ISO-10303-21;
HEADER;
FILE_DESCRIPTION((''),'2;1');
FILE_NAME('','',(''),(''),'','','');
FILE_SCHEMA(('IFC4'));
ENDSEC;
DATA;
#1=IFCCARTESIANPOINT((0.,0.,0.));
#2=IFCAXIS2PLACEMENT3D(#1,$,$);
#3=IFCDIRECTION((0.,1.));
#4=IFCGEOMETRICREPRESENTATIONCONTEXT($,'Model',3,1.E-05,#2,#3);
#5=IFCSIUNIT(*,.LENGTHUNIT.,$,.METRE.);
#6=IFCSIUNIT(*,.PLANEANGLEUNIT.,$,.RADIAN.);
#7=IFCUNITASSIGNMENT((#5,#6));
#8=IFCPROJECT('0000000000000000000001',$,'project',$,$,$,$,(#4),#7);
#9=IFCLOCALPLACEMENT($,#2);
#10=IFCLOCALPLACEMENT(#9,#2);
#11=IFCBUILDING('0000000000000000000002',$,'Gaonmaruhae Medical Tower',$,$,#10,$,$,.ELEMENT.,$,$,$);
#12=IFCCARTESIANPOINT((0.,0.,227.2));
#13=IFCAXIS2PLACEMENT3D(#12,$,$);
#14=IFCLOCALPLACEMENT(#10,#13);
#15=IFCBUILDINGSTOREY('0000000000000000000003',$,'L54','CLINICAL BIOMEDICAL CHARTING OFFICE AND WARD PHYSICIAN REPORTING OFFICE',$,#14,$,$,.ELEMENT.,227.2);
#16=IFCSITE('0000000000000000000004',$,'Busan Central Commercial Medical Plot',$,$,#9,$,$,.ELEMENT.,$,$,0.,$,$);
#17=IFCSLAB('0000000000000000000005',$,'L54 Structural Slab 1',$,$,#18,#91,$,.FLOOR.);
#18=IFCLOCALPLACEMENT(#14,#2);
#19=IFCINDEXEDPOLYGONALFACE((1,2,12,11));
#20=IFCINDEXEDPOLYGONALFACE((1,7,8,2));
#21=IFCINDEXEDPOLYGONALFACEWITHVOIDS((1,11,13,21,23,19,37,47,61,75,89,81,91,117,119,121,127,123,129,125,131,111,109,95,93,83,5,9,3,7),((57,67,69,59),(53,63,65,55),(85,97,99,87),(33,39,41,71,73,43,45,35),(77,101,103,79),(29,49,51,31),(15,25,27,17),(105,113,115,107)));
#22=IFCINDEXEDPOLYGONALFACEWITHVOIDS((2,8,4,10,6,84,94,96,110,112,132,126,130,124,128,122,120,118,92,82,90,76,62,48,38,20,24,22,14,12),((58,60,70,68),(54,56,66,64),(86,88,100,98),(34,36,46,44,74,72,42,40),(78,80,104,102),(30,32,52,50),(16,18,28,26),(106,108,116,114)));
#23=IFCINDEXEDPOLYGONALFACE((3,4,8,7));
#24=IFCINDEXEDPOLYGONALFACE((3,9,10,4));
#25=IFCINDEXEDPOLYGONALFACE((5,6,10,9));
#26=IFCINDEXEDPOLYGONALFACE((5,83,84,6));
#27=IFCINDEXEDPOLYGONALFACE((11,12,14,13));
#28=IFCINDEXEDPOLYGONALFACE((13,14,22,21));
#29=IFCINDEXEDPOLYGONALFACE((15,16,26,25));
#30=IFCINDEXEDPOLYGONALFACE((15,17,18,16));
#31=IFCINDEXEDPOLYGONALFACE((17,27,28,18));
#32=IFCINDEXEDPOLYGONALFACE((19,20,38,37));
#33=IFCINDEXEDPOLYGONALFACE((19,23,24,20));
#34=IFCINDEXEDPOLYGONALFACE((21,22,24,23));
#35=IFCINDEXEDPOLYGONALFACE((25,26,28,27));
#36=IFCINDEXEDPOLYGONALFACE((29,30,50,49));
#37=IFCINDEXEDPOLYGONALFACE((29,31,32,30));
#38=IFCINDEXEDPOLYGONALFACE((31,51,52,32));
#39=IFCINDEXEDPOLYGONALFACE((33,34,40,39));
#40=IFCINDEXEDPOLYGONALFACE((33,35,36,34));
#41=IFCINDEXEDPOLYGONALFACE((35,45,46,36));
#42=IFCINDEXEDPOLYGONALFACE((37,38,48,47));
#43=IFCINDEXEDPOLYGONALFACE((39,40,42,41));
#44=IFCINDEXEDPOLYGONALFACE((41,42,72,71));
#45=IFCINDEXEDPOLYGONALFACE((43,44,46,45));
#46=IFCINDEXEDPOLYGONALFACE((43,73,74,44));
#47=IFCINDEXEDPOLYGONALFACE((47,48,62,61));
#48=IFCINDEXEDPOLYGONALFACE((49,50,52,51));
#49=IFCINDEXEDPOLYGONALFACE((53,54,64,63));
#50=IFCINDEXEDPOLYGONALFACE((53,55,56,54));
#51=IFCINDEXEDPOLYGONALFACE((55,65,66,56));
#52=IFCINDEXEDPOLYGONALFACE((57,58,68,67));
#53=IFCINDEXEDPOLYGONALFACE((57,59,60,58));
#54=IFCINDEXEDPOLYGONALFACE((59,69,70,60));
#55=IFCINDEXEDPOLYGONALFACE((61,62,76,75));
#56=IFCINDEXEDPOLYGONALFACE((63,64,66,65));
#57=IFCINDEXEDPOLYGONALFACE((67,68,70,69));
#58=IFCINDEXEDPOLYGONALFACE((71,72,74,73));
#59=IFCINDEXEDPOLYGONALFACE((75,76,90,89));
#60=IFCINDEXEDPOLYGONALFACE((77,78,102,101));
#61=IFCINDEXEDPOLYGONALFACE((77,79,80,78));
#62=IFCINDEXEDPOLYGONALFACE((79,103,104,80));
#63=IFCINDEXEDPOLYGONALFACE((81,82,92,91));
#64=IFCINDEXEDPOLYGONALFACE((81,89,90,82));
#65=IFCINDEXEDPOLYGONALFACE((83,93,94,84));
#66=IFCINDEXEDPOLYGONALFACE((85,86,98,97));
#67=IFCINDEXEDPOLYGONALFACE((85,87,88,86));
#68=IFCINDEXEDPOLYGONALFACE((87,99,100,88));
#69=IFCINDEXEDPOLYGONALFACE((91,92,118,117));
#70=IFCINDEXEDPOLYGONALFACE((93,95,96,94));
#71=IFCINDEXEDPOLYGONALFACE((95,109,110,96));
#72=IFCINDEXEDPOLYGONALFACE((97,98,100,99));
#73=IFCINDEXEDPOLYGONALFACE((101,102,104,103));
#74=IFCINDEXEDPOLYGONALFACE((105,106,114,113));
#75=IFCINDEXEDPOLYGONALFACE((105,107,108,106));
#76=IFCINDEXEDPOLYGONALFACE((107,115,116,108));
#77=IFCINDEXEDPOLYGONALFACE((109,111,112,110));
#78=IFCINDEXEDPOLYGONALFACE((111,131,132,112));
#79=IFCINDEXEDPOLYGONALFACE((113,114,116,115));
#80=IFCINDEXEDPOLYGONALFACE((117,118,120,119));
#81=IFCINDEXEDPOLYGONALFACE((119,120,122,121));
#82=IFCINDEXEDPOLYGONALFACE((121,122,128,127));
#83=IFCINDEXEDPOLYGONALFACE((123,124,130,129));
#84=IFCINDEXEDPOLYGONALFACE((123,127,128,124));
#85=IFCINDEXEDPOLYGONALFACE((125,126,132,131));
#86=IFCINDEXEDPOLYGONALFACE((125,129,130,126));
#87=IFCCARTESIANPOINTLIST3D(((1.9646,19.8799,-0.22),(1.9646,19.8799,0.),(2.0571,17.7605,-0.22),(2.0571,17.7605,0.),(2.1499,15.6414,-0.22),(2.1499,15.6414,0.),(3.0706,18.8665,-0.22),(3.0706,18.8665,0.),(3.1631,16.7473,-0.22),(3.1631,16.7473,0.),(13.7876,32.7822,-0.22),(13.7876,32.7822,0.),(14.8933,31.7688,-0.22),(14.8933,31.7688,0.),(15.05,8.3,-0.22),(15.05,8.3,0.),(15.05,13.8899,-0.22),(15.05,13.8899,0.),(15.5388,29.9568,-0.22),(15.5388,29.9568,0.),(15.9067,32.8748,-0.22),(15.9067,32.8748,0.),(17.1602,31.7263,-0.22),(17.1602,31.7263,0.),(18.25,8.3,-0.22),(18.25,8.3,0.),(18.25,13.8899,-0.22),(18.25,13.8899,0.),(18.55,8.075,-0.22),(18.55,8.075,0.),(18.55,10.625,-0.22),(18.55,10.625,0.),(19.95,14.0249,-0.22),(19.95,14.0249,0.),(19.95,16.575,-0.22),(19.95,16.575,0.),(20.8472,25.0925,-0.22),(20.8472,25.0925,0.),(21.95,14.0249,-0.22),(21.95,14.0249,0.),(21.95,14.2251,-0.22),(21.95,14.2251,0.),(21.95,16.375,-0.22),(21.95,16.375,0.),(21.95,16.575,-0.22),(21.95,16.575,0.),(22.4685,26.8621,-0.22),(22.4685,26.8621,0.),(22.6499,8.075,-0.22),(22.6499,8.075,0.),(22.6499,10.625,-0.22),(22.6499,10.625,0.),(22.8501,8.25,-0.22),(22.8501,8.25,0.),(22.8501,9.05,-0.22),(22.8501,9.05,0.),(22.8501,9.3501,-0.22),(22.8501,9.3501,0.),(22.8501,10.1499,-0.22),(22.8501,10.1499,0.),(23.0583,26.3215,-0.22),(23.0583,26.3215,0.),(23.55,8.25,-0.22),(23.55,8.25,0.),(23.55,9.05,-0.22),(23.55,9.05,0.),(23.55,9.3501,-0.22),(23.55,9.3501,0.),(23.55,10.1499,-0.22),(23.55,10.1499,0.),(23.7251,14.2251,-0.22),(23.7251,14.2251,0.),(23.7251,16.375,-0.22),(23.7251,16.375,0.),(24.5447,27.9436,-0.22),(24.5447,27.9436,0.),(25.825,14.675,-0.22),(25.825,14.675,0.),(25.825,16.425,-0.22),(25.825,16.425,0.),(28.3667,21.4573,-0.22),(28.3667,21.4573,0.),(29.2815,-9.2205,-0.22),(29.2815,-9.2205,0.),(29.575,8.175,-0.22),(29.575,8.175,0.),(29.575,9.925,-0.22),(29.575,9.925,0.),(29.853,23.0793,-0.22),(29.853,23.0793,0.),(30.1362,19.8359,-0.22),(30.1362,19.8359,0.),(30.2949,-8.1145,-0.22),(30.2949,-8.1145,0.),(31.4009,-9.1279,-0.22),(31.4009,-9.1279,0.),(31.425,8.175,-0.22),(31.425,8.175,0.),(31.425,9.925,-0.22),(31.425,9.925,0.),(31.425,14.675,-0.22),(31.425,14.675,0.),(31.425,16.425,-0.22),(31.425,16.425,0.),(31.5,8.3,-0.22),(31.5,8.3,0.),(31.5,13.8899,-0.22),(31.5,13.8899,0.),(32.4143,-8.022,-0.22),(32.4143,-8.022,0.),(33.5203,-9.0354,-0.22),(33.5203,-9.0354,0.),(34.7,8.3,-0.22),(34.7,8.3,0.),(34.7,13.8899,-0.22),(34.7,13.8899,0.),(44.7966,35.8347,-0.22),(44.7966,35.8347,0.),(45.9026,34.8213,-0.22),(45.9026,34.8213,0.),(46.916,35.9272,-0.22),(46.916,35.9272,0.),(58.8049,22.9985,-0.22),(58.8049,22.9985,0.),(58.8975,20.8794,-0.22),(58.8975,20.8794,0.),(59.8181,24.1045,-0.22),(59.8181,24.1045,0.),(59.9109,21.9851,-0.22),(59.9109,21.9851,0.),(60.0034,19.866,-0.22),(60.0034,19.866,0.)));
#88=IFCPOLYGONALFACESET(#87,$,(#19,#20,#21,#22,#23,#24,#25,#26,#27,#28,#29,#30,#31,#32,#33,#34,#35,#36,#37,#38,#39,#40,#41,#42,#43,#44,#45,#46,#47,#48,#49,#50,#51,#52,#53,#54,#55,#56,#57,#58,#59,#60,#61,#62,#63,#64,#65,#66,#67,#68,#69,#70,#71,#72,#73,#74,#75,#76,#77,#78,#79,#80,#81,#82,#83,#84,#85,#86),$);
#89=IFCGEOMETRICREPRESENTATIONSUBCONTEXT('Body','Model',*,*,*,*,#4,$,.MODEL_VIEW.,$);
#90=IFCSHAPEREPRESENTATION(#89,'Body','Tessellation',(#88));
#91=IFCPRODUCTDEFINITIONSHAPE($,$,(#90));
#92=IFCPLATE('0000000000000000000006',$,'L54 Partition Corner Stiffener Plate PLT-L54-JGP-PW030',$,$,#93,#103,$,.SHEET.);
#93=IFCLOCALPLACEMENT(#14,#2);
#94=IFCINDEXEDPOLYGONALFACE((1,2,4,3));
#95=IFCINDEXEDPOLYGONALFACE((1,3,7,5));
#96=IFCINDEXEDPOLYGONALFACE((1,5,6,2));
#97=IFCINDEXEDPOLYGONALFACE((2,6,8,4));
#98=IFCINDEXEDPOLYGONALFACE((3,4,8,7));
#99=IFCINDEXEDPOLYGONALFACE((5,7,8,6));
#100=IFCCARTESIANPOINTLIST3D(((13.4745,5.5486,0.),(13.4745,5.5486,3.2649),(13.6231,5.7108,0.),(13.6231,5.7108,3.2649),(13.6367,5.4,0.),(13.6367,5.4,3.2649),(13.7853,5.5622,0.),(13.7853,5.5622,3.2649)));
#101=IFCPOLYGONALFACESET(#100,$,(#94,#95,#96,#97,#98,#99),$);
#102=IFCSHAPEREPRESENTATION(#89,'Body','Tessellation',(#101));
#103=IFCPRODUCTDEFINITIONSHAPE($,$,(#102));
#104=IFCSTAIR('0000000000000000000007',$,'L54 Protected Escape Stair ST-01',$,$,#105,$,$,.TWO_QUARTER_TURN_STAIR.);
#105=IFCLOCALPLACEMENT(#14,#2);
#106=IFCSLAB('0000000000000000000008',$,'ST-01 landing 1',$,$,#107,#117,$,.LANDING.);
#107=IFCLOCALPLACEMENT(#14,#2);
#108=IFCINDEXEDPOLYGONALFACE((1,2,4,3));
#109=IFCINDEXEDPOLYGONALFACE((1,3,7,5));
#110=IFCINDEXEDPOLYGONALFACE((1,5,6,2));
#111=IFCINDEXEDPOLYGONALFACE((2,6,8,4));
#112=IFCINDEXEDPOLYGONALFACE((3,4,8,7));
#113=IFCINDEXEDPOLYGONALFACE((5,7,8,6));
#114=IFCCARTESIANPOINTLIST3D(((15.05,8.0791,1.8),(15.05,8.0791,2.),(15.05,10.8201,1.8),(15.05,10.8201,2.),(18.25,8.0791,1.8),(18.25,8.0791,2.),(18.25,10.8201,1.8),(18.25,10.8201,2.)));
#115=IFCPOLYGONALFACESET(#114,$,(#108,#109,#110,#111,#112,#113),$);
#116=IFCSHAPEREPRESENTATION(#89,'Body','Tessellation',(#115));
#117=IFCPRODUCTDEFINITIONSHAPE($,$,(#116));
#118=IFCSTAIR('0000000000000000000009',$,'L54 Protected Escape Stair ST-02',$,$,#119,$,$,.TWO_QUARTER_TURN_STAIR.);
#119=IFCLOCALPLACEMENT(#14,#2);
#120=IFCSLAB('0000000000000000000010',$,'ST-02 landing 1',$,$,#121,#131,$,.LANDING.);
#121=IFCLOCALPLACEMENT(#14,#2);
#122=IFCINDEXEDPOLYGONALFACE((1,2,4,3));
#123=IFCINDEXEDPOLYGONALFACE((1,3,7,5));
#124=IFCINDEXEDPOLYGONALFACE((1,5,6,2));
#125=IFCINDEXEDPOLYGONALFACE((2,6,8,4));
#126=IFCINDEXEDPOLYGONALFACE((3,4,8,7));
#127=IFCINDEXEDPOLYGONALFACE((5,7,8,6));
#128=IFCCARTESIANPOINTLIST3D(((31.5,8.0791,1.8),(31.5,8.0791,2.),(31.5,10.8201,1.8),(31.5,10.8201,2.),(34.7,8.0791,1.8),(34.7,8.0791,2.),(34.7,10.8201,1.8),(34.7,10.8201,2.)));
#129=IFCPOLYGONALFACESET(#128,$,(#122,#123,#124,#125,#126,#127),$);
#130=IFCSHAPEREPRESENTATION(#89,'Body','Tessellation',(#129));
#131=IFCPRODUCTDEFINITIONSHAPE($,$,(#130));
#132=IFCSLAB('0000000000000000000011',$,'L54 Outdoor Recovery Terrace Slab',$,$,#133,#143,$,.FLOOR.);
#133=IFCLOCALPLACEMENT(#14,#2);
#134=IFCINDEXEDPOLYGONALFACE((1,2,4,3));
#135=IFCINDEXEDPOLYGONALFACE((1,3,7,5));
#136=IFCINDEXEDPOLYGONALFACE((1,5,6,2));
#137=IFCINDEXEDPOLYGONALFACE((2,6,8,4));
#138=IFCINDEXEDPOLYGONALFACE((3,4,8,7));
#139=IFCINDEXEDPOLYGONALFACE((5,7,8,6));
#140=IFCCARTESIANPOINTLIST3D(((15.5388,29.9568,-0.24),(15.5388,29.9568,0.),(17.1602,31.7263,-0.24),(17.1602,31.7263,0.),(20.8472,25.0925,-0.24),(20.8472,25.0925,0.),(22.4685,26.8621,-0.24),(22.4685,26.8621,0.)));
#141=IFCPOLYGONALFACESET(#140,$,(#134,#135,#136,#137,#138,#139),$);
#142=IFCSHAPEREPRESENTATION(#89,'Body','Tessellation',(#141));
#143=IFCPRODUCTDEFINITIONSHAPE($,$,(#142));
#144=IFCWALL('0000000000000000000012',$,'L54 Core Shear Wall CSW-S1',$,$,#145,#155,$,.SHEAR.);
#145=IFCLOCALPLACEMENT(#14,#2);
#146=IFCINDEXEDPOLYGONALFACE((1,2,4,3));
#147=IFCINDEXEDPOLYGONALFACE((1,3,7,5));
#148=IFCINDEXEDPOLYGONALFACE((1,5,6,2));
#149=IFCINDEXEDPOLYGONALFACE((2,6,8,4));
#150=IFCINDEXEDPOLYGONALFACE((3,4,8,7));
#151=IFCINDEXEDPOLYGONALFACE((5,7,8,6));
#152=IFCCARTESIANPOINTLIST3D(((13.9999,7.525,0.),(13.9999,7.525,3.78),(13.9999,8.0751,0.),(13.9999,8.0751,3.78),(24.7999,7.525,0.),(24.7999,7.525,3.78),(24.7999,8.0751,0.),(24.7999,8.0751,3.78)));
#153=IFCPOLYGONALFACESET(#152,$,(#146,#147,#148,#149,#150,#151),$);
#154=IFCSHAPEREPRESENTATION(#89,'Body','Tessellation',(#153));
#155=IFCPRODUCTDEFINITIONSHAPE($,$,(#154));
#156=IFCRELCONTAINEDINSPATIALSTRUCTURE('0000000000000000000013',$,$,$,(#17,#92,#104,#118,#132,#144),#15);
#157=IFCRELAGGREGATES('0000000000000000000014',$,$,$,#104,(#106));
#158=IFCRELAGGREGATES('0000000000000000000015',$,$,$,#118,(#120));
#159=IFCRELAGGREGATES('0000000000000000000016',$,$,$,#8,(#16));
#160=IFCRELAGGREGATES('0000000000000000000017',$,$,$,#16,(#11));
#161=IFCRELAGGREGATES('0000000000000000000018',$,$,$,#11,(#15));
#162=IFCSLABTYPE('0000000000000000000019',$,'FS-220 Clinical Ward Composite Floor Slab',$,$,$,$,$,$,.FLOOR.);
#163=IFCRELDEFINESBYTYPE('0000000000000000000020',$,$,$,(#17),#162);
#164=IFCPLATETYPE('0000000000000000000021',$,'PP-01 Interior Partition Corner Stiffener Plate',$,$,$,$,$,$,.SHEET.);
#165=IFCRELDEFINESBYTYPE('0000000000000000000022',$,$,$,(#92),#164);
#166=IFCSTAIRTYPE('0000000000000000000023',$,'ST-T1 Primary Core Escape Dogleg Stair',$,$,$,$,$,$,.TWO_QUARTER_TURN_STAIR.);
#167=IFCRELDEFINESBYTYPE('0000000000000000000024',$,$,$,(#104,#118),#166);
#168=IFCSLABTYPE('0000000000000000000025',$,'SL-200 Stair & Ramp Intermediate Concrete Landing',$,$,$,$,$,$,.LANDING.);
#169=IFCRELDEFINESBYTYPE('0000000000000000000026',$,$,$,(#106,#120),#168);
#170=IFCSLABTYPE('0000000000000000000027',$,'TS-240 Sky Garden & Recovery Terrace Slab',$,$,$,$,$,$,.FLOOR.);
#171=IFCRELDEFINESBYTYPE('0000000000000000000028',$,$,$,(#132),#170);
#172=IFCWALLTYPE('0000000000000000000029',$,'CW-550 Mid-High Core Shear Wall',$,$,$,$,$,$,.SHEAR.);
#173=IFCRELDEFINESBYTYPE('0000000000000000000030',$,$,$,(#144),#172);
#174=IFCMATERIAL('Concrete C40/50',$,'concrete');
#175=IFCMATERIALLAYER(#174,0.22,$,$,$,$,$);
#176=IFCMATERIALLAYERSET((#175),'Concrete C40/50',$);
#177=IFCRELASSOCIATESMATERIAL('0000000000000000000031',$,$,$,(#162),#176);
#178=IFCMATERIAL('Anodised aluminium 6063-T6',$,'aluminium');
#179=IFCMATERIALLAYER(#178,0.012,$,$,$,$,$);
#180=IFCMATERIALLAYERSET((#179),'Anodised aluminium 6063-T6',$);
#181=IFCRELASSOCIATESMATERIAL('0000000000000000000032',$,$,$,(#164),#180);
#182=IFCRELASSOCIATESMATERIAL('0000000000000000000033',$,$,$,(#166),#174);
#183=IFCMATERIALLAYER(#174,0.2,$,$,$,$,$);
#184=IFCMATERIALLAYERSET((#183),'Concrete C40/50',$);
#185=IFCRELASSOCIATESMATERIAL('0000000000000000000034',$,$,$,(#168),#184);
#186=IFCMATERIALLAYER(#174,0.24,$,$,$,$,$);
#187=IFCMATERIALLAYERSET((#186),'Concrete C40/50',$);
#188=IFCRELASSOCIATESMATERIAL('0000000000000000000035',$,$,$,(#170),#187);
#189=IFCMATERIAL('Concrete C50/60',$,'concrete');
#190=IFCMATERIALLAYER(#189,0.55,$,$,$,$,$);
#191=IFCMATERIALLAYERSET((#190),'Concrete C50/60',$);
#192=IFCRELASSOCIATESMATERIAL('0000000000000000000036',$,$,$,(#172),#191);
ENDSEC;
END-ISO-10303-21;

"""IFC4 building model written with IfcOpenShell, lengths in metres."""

from ifc_helpers import new_model, si_unit, direction, frame, frame_2d, origin, origin_2d, place, context, subcontext, project, spatial, polyline, rectangle, outline, extrude, material, layer, layer_set, type_object, element, aggregate, save


model = new_model("IFC4")

# Units and contexts
model_context = context("Model", 3, precision=1e-05, world=origin(), true_north=direction((0.0, 1.0)))
body_context = subcontext(model_context, "Body", "Model", "MODEL_VIEW")
ifc_project = project(units=[si_unit("LENGTHUNIT", "METRE"), si_unit("PLANEANGLEUNIT", "RADIAN")], contexts=[model_context])

# Site, building, storey
site_placement = place(None, origin())
site = spatial("IfcSite", under=ifc_project, at=site_placement, Name="Busan Central Commercial Medical Plot", CompositionType="ELEMENT", RefElevation=0.0)
building_placement = place(site_placement, origin())
building = spatial("IfcBuilding", under=site, at=building_placement, Name="Gaonmaruhae Medical Tower", CompositionType="ELEMENT")
storey_placement = place(building_placement, frame((0.0, 0.0, 227.2)))
storey = spatial("IfcBuildingStorey", under=building, at=storey_placement, Name="L54", Description="CLINICAL BIOMEDICAL CHARTING OFFICE AND WARD PHYSICIAN REPORTING OFFICE", CompositionType="ELEMENT", Elevation=227.2)

# Shared definitions
ifc_material_1 = material(Name="Concrete C50/60", Category="concrete")

# Slab
ifc_material_2 = material(Name="Concrete C40/50", Category="concrete")
ifc_layer_1 = layer(ifc_material_2, 0.22)
ifc_layer_set_1 = layer_set([ifc_layer_1], Name="Concrete C40/50")
slab_type_1 = type_object("IfcSlabType", Name="FS-220 Clinical Ward Composite Floor Slab", PredefinedType="FLOOR", material=ifc_layer_set_1)
slab_1_placement = place(storey_placement, frame((0.0, 0.0, -0.22)))
element("IfcSlab", 1, at=slab_1_placement, inside=storey, type_object=slab_type_1, Name="L54 Structural Slab 1", PredefinedType="FLOOR", context=body_context, shape_type="SweptSolid", body=[
    extrude(outline(polyline([(44.7966, 35.8347), (45.9026, 34.8213), (46.916, 35.9272), (59.8181, 24.1045), (58.8049, 22.9985), (59.9109, 21.9851), (58.8975, 20.8794), (60.0034, 19.866), (33.5203, -9.0354), (32.4143, -8.022), (31.4009, -9.1279), (30.2949, -8.1145), (29.2815, -9.2205), (2.1499, 15.6414), (3.1631, 16.7473), (2.0571, 17.7605), (3.0706, 18.8665), (1.9646, 19.8799), (13.7876, 32.7822), (14.8933, 31.7688), (15.9067, 32.8748), (17.1602, 31.7263), (15.5388, 29.9568), (20.8472, 25.0925), (22.4685, 26.8621), (23.0583, 26.3215), (24.5447, 27.9436), (29.853, 23.0793), (28.3667, 21.4573), (30.1362, 19.8359), (44.7966, 35.8347)]), holes=[polyline([(23.55, 8.25), (22.8501, 8.25), (22.8501, 9.05), (23.55, 9.05), (23.55, 8.25)]), polyline([(31.425, 9.925), (31.425, 8.175), (29.575, 8.175), (29.575, 9.925), (31.425, 9.925)]), polyline([(22.6499, 10.625), (22.6499, 8.075), (18.55, 8.075), (18.55, 10.625), (22.6499, 10.625)]), polyline([(23.55, 9.3501), (22.8501, 9.3501), (22.8501, 10.1499), (23.55, 10.1499), (23.55, 9.3501)]), polyline([(15.05, 13.8899), (18.25, 13.8899), (18.25, 8.3), (15.05, 8.3), (15.05, 13.8899)]), polyline([(31.5, 13.8899), (34.7, 13.8899), (34.7, 8.3), (31.5, 8.3), (31.5, 13.8899)]), polyline([(21.95, 14.2251), (21.95, 14.0249), (19.95, 14.0249), (19.95, 16.575), (21.95, 16.575), (21.95, 16.375), (23.7251, 16.375), (23.7251, 14.2251), (21.95, 14.2251)]), polyline([(31.425, 16.425), (31.425, 14.675), (25.825, 14.675), (25.825, 16.425), (31.425, 16.425)])]), origin(), (0.0, 0.0, 1.0), 0.22),
])

# Plate
ifc_material_3 = material(Name="Anodised aluminium 6063-T6", Category="aluminium")
ifc_layer_2 = layer(ifc_material_3, 0.012)
ifc_layer_set_2 = layer_set([ifc_layer_2], Name="Anodised aluminium 6063-T6")
plate_type = type_object("IfcPlateType", Name="PP-01 Interior Partition Corner Stiffener Plate", PredefinedType="SHEET", material=ifc_layer_set_2)
plate_placement = place(storey_placement, frame((13.6299, 5.5554, 0.0), z_axis=(0.0, 0.0, 1.0), x_axis=(-0.737254, 0.675616, 0.0)))
element("IfcPlate", 2, at=plate_placement, inside=storey, type_object=plate_type, Name="L54 Partition Corner Stiffener Plate PLT-L54-JGP-PW030", PredefinedType="SHEET", context=body_context, shape_type="SweptSolid", body=[
    extrude(rectangle(XDim=0.22, YDim=0.22, at=origin_2d()), origin(), (0.0, 0.0, 1.0), 3.2649),
])

# Stairs, slabs
stair_type = type_object("IfcStairType", Name="ST-T1 Primary Core Escape Dogleg Stair", PredefinedType="TWO_QUARTER_TURN_STAIR", material=ifc_material_2)
stair_1_placement = place(storey_placement, origin())
stair_1 = element("IfcStair", 3, at=stair_1_placement, inside=storey, type_object=stair_type, Name="L54 Protected Escape Stair ST-01", PredefinedType="TWO_QUARTER_TURN_STAIR")
ifc_layer_3 = layer(ifc_material_2, 0.2)
ifc_layer_set_3 = layer_set([ifc_layer_3], Name="Concrete C40/50")
slab_type_2 = type_object("IfcSlabType", Name="SL-200 Stair & Ramp Intermediate Concrete Landing", PredefinedType="LANDING", material=ifc_layer_set_3)
slab_2_placement = place(storey_placement, frame((0.0, 0.0, 1.8)))
slab_2 = element("IfcSlab", 4, at=slab_2_placement, type_object=slab_type_2, Name="ST-01 landing 1", PredefinedType="LANDING", context=body_context, shape_type="SweptSolid", body=[
    extrude(outline(polyline([(15.05, 10.8201), (15.05, 8.0791), (18.25, 8.0791), (18.25, 10.8201), (15.05, 10.8201)])), origin(), (0.0, 0.0, 1.0), 0.2),
])
aggregate(stair_1, [slab_2])
stair_2_placement = place(storey_placement, origin())
stair_2 = element("IfcStair", 5, at=stair_2_placement, inside=storey, type_object=stair_type, Name="L54 Protected Escape Stair ST-02", PredefinedType="TWO_QUARTER_TURN_STAIR")
slab_3_placement = place(storey_placement, frame((0.0, 0.0, 1.8)))
slab_3 = element("IfcSlab", 6, at=slab_3_placement, type_object=slab_type_2, Name="ST-02 landing 1", PredefinedType="LANDING", context=body_context, shape_type="SweptSolid", body=[
    extrude(outline(polyline([(31.5, 10.8201), (31.5, 8.0791), (34.7, 8.0791), (34.7, 10.8201), (31.5, 10.8201)])), origin(), (0.0, 0.0, 1.0), 0.2),
])
aggregate(stair_2, [slab_3])

# Slab
ifc_layer_4 = layer(ifc_material_2, 0.24)
ifc_layer_set_4 = layer_set([ifc_layer_4], Name="Concrete C40/50")
slab_type_3 = type_object("IfcSlabType", Name="TS-240 Sky Garden & Recovery Terrace Slab", PredefinedType="FLOOR", material=ifc_layer_set_4)
slab_4_placement = place(storey_placement, frame((0.0, 0.0, -0.24)))
element("IfcSlab", 7, at=slab_4_placement, inside=storey, type_object=slab_type_3, Name="L54 Outdoor Recovery Terrace Slab", PredefinedType="FLOOR", context=body_context, shape_type="SweptSolid", body=[
    extrude(outline(polyline([(20.8472, 25.0925), (22.4685, 26.8621), (17.1602, 31.7263), (15.5388, 29.9568), (20.8472, 25.0925)])), origin(), (0.0, 0.0, 1.0), 0.24),
])

# Wall
ifc_layer_5 = layer(ifc_material_1, 0.55)
ifc_layer_set_5 = layer_set([ifc_layer_5], Name="Concrete C50/60")
wall_type_1 = type_object("IfcWallType", Name="CW-550 Mid-High Core Shear Wall", PredefinedType="SHEAR", material=ifc_layer_set_5)
wall_1_placement = place(storey_placement, frame((14.0, 7.8, 0.0), z_axis=(0.0, 0.0, 1.0), x_axis=(1.0, 0.0, 0.0)))
element("IfcWall", 8, at=wall_1_placement, inside=storey, type_object=wall_type_1, Name="L54 Core Shear Wall CSW-S1", PredefinedType="SHEAR", context=body_context, shape_type="SweptSolid", body=[
    extrude(rectangle(XDim=10.8, YDim=0.55, at=frame_2d((5.3999, 0.0))), origin(), (0.0, 0.0, 1.0), 3.78),
])

save(model, "model.ifc")
